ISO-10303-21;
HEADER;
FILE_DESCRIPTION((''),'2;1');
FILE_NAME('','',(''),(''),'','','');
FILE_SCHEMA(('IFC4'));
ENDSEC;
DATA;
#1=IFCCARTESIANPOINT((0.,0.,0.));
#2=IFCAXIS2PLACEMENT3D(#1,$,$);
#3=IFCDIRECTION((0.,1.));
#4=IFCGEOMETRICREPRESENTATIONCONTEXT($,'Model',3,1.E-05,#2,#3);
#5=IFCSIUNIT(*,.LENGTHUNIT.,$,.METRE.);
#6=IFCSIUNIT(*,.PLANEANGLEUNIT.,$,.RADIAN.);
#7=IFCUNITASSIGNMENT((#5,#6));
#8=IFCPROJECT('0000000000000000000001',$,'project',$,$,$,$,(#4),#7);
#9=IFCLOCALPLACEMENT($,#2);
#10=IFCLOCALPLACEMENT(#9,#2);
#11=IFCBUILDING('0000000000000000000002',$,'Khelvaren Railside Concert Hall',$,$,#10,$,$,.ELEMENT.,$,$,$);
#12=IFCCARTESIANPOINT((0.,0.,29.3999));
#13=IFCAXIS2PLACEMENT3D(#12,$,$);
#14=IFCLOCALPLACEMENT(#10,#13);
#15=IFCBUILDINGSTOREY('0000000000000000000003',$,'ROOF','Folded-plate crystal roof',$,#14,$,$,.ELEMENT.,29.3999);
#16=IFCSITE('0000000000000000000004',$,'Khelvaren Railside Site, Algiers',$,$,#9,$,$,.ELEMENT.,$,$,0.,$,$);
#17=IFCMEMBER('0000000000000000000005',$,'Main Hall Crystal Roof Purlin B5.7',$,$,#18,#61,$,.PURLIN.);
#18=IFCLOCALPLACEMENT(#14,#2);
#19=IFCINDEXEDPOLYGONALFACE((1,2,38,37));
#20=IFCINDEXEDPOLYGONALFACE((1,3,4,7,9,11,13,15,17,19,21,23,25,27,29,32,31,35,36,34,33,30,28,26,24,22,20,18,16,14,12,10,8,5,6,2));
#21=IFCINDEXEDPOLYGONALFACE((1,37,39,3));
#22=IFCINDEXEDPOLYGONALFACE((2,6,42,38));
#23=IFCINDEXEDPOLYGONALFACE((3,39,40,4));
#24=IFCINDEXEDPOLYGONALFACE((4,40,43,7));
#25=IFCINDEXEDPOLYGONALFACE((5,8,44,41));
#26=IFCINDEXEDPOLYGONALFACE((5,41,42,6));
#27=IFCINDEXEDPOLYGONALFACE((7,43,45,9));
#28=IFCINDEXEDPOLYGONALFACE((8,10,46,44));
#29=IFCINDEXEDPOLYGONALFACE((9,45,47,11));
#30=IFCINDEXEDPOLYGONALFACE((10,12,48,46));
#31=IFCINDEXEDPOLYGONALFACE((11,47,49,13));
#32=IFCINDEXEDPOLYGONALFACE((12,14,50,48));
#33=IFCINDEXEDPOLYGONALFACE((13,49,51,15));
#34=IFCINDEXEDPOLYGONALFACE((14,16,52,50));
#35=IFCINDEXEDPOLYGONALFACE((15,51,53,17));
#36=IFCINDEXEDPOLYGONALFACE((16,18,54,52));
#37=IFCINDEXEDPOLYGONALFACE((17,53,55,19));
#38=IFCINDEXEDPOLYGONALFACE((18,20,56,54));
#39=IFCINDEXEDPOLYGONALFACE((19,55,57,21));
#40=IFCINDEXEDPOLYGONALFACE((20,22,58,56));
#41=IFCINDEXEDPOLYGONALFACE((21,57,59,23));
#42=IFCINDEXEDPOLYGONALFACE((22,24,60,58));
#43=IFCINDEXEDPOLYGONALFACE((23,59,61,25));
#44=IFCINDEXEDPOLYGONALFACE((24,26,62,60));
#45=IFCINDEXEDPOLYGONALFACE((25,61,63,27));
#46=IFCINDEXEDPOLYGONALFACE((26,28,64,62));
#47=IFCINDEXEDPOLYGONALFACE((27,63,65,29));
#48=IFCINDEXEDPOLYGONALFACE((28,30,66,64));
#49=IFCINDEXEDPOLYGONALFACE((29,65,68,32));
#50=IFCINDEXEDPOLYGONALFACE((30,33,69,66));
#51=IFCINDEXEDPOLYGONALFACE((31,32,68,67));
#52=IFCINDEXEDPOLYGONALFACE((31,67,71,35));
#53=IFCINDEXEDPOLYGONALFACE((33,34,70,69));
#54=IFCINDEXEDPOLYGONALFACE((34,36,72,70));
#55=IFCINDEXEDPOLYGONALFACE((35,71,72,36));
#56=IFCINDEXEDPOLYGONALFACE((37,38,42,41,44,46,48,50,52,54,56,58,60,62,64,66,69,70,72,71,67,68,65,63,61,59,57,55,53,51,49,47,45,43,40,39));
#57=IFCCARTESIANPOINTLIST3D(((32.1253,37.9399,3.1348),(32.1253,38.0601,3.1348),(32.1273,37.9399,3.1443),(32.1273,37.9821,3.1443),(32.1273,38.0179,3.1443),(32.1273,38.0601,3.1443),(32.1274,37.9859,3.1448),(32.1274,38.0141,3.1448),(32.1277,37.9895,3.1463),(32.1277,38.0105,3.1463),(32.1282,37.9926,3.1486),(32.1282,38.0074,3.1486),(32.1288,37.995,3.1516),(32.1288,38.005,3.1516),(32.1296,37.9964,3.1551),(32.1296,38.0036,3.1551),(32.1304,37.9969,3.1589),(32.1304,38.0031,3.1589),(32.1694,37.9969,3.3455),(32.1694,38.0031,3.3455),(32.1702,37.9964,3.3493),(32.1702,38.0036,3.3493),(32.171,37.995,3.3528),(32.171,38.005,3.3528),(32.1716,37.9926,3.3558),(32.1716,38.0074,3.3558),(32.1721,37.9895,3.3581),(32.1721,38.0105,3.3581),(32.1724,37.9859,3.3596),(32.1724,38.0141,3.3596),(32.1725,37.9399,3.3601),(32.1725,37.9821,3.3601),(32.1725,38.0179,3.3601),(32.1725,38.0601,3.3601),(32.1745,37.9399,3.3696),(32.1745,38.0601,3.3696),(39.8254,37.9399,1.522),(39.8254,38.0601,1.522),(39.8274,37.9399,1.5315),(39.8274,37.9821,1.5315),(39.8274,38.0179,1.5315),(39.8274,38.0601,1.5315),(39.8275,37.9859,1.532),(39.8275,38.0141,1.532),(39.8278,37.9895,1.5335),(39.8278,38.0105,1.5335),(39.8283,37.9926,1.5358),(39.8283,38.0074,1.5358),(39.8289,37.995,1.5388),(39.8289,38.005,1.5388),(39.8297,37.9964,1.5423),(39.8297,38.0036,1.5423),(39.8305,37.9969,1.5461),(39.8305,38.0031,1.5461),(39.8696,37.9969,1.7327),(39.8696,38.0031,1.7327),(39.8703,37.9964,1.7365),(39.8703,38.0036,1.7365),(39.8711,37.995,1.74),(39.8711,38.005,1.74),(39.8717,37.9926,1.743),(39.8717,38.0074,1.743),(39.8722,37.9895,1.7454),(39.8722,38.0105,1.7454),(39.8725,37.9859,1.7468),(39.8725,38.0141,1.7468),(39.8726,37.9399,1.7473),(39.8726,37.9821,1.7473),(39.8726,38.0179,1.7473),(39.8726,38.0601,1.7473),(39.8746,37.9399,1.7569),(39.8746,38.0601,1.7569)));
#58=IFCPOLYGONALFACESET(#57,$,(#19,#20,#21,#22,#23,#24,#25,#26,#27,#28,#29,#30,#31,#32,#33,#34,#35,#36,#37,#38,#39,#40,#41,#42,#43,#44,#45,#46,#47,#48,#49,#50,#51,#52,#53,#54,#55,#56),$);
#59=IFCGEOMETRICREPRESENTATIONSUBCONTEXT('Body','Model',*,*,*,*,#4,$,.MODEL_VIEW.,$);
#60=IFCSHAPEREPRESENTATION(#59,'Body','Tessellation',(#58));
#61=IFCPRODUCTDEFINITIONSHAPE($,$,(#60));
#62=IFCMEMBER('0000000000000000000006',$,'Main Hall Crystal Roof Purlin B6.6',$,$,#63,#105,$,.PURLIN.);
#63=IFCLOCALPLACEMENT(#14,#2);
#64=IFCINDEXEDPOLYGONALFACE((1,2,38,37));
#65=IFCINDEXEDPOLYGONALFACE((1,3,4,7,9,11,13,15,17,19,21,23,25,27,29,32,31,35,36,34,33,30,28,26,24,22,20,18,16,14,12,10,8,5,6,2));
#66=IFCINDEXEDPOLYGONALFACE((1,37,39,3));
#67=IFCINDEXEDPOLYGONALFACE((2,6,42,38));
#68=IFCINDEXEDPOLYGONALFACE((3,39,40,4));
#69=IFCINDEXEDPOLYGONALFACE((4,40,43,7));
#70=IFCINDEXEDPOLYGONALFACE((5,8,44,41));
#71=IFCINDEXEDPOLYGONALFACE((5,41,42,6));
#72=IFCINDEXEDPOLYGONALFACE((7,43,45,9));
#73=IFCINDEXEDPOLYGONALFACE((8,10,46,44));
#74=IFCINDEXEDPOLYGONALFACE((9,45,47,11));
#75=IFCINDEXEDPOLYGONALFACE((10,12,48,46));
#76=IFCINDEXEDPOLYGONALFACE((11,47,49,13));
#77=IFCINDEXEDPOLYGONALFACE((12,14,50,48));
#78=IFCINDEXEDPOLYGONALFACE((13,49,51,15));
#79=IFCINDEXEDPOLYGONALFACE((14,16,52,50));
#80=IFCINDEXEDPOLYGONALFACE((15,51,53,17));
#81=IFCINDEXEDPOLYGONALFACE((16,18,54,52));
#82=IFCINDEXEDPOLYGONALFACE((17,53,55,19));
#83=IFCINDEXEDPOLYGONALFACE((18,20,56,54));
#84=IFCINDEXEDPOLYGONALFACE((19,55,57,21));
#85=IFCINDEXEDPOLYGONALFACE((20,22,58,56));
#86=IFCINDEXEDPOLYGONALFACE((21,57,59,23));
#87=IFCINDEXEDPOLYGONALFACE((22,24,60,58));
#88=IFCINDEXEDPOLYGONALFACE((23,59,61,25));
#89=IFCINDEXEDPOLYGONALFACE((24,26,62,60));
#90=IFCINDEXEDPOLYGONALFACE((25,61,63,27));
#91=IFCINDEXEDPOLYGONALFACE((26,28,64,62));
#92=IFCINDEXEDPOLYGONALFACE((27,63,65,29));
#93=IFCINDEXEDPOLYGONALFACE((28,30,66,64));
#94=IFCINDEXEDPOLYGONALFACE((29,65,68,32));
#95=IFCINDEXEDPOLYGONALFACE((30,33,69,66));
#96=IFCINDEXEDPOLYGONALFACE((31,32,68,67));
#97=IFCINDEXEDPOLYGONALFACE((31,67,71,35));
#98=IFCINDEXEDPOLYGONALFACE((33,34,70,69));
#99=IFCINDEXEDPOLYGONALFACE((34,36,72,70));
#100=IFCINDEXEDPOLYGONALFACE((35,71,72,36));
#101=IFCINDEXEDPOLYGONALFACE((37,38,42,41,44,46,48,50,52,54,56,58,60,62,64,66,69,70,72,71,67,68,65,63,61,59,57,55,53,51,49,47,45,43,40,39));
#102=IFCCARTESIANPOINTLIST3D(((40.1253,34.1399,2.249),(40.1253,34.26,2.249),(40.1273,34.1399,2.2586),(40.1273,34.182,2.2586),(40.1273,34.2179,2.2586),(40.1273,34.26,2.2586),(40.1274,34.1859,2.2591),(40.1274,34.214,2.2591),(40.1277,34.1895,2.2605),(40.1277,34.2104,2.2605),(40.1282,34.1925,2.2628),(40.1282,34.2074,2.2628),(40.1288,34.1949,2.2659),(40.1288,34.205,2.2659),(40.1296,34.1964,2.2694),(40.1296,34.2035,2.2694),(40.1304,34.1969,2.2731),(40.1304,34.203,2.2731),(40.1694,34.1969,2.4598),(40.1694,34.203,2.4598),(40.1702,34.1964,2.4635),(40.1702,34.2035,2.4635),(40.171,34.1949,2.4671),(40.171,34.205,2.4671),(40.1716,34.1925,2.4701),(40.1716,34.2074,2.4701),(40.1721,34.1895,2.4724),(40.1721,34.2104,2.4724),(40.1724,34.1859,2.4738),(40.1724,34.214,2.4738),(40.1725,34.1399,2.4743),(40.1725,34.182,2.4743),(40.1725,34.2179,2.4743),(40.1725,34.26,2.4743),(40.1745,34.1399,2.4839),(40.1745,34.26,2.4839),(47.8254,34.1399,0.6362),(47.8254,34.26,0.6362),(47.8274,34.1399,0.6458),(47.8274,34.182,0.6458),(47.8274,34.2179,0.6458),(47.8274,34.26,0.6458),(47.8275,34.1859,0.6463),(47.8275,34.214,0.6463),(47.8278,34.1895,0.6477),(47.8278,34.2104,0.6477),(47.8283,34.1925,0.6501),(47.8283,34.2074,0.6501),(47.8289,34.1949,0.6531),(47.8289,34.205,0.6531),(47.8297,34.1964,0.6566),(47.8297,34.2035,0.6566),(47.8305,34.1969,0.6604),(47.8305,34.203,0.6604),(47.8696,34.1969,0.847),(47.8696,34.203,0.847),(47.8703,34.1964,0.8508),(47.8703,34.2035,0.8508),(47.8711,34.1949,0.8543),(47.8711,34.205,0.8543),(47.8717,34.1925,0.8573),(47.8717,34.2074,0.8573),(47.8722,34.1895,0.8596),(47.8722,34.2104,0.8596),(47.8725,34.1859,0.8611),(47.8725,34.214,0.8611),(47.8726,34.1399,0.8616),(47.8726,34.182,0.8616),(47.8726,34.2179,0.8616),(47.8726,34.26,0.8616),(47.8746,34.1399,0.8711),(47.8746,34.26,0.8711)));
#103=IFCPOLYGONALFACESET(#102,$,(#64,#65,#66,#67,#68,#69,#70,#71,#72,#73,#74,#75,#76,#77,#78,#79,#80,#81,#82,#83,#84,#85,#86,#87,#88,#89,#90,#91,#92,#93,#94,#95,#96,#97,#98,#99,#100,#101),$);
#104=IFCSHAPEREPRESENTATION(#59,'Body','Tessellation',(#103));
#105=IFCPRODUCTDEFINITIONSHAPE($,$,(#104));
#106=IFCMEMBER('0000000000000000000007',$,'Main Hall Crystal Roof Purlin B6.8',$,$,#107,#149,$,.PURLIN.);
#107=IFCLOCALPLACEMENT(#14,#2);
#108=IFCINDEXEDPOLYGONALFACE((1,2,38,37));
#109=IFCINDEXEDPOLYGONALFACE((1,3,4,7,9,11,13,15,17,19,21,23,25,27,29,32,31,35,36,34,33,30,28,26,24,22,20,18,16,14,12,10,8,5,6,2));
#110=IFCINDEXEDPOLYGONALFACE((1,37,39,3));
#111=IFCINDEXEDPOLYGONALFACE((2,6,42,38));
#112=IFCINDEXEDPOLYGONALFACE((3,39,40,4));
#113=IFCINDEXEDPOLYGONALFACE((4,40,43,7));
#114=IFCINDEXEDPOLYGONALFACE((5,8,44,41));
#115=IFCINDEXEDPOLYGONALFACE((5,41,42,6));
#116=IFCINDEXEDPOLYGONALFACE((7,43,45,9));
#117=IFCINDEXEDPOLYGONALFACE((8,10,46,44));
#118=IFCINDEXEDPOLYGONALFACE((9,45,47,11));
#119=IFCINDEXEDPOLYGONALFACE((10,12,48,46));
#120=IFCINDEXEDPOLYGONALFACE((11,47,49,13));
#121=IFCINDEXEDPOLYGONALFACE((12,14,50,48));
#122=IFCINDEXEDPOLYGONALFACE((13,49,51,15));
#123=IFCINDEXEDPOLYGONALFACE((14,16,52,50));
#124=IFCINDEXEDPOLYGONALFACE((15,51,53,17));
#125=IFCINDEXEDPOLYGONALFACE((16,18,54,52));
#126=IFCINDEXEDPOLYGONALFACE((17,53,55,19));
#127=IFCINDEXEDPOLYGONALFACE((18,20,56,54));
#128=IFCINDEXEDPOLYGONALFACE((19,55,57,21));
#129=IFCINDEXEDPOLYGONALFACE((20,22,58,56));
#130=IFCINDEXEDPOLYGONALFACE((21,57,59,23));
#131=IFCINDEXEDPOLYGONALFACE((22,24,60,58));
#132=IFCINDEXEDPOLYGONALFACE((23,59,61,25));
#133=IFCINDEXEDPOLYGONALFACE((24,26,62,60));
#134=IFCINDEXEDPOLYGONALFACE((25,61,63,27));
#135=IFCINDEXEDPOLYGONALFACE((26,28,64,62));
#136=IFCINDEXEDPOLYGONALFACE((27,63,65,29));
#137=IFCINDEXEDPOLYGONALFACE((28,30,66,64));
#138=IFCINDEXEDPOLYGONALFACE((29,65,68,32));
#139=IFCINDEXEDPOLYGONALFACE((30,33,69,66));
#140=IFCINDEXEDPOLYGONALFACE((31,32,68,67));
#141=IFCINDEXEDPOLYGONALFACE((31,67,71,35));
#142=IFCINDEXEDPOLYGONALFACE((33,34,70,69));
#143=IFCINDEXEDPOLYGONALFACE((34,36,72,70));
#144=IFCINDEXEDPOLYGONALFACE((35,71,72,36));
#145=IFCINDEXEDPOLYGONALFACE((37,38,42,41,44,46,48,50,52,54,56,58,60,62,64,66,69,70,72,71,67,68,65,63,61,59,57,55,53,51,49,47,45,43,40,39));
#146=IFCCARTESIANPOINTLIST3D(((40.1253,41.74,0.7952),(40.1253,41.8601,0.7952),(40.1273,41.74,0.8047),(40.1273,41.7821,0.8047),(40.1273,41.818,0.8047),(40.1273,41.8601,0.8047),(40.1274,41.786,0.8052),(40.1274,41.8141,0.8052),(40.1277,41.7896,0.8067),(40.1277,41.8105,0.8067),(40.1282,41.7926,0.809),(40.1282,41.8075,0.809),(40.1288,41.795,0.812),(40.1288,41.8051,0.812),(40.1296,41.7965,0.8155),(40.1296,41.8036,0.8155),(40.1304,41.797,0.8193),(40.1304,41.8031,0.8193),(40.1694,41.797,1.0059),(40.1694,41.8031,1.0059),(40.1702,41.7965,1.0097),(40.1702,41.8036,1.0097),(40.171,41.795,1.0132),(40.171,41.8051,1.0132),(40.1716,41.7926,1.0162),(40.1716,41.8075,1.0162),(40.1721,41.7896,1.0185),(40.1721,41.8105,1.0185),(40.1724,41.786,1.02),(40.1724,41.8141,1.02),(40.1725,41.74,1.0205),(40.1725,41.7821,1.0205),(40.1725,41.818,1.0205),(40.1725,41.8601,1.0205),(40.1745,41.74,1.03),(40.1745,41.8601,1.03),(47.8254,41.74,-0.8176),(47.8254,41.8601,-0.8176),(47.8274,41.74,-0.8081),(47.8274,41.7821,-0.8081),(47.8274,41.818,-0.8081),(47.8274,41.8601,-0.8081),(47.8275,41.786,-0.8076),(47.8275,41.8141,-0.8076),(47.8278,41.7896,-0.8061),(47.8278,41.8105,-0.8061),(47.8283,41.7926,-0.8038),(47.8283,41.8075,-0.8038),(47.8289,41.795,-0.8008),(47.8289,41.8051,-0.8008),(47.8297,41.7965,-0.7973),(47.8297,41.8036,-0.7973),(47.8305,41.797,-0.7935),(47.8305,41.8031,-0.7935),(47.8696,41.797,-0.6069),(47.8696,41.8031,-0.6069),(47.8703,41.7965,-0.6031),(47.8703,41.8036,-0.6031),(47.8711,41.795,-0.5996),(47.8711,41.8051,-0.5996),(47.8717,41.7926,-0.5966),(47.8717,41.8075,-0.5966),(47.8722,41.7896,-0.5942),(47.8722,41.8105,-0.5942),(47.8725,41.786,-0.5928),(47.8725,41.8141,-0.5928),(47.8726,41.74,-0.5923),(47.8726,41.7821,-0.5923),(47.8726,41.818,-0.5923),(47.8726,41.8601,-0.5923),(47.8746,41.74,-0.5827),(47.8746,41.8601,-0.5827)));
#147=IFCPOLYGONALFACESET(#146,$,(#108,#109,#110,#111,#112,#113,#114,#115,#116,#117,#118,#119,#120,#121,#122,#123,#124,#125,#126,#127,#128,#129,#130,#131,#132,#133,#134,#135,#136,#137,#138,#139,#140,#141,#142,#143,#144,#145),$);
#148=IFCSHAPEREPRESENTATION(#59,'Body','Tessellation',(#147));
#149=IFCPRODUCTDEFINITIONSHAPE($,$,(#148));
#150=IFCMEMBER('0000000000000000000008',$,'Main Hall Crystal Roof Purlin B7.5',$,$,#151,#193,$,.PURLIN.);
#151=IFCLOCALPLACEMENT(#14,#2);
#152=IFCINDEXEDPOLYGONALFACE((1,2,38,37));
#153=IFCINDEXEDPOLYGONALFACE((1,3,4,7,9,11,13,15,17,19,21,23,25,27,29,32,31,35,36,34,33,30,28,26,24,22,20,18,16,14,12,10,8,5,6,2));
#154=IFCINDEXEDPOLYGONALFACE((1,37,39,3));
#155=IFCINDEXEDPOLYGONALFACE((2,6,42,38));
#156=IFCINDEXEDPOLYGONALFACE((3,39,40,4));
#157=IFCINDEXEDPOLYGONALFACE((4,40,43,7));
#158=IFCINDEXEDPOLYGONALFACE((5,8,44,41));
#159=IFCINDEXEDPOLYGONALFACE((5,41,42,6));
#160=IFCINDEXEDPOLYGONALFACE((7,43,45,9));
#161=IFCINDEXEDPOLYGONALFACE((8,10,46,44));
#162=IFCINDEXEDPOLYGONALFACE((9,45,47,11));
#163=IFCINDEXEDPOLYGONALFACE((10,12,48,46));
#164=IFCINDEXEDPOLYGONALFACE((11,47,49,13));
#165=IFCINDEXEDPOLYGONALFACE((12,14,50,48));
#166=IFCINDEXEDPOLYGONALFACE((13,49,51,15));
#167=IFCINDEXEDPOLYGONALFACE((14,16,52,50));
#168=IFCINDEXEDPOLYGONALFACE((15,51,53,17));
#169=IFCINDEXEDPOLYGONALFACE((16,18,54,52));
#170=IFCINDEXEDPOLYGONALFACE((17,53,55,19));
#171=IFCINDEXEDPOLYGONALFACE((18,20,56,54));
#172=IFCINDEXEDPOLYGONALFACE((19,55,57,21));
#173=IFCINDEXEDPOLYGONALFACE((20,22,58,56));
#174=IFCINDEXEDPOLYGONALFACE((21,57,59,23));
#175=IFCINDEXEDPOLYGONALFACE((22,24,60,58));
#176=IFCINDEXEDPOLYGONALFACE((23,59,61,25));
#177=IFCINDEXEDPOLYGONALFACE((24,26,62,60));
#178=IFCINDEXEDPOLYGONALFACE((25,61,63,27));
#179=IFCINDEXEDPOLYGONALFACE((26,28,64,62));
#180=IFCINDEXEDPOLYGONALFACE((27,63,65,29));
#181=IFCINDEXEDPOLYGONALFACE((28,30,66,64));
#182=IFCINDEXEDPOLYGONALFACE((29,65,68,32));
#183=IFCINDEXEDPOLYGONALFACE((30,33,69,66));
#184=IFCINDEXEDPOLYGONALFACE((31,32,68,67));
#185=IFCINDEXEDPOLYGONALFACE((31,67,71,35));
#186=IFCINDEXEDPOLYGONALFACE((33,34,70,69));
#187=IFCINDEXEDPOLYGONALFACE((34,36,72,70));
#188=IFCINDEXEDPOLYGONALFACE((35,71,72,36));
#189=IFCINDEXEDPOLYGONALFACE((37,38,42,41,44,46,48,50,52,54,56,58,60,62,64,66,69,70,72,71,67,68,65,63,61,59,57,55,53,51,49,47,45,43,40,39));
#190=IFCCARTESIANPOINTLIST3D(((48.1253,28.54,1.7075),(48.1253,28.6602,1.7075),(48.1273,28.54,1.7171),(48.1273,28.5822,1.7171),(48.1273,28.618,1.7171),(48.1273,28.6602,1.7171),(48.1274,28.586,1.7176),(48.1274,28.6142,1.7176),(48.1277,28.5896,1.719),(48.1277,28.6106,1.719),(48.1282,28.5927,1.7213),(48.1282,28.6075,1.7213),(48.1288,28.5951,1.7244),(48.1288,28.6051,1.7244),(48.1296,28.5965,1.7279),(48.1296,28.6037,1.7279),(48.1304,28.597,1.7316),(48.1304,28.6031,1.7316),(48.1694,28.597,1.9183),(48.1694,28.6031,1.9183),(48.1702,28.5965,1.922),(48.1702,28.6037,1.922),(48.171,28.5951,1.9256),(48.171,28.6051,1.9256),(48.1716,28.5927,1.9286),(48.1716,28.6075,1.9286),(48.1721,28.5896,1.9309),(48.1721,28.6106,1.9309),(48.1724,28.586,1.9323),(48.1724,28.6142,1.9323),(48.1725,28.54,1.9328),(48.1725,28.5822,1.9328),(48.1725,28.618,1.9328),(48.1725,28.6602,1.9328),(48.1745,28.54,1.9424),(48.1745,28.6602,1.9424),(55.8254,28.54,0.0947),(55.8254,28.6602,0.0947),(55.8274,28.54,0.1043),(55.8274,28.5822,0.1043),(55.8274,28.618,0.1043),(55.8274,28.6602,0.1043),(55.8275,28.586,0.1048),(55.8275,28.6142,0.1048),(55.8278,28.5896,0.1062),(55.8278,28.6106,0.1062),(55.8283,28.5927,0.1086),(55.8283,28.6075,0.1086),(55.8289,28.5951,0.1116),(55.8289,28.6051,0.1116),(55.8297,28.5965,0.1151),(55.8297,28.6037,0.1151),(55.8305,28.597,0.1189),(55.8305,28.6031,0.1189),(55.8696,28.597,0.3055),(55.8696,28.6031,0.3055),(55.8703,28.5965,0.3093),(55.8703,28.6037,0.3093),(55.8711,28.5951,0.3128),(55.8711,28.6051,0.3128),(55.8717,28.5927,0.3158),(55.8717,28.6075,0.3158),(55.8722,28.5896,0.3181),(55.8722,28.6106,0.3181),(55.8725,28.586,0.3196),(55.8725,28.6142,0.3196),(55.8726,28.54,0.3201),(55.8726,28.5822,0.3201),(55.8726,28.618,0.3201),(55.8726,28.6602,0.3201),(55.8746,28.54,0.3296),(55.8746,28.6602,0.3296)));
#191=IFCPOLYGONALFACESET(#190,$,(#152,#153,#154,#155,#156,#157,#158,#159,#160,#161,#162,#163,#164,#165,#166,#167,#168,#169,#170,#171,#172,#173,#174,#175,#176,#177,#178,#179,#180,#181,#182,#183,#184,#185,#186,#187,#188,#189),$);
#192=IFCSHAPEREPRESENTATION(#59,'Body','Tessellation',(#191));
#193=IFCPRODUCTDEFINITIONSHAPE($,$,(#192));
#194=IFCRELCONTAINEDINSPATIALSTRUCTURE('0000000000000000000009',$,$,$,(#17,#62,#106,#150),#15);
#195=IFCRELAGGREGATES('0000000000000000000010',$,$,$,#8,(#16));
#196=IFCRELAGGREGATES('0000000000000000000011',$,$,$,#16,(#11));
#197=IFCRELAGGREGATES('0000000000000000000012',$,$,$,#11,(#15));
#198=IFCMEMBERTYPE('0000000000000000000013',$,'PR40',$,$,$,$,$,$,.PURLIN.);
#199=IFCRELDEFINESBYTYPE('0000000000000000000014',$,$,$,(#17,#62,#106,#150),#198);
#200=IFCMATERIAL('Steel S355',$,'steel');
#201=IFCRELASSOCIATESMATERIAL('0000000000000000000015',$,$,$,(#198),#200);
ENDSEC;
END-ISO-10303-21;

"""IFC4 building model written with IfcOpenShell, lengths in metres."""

from ifc_helpers import new_model, si_unit, direction, frame, origin, origin_2d, place, context, subcontext, project, spatial, i_section, extrude, material, material_profile, profile_set, type_object, element, save


model = new_model("IFC4")

# Units and contexts
model_context = context("Model", 3, precision=1e-05, world=origin(), true_north=direction((0.0, 1.0)))
body_context = subcontext(model_context, "Body", "Model", "MODEL_VIEW")
ifc_project = project(units=[si_unit("LENGTHUNIT", "METRE"), si_unit("PLANEANGLEUNIT", "RADIAN")], contexts=[model_context])

# Site, building, storey
site_placement = place(None, origin())
site = spatial("IfcSite", under=ifc_project, at=site_placement, Name="Khelvaren Railside Site, Algiers", CompositionType="ELEMENT", RefElevation=0.0)
building_placement = place(site_placement, origin())
building = spatial("IfcBuilding", under=site, at=building_placement, Name="Khelvaren Railside Concert Hall", CompositionType="ELEMENT")
storey_placement = place(building_placement, frame((0.0, 0.0, 29.3999)))
storey = spatial("IfcBuildingStorey", under=building, at=storey_placement, Name="ROOF", Description="Folded-plate crystal roof", CompositionType="ELEMENT", Elevation=29.3999)

# Shared definitions
ifc_material_1 = material(Name="Steel S355", Category="steel")

# Members
ifc_material_profile_1 = material_profile(ifc_material_1, i_section(OverallWidth=0.1201, OverallDepth=0.24, WebThickness=0.0061, FlangeThickness=0.0098, FilletRadius=0.0149, at=origin_2d()), Name="IPE 240")
ifc_profile_set_1 = profile_set([ifc_material_profile_1], Name="Steel S355")
member_type_1 = type_object("IfcMemberType", Name="PR40", PredefinedType="PURLIN", material=ifc_profile_set_1)
for number, where, z_axis, x_axis, name in (
    (1, (32.1499, 38.0, 3.2522), (0.978762, 0.0, -0.205), (0.0, 1.0, 0.0), "Main Hall Crystal Roof Purlin B5.7"),
    (2, (40.1499, 34.2, 2.3665), (0.978762, 0.0, -0.205), (0.0, 1.0, 0.0), "Main Hall Crystal Roof Purlin B6.6"),
    (3, (40.1499, 41.8, 0.9126), (0.978762, 0.0, -0.205), (0.0, 1.0, 0.0), "Main Hall Crystal Roof Purlin B6.8"),
    (4, (48.1499, 28.6001, 1.825), (0.978762, 0.0, -0.205), (0.0, 1.0, 0.0), "Main Hall Crystal Roof Purlin B7.5"),
):
    element("IfcMember", number, at=place(storey_placement, frame(where, z_axis=z_axis, x_axis=x_axis)), inside=storey, type_object=member_type_1, Name=name, PredefinedType="PURLIN", context=body_context, shape_type="SweptSolid", body=[
        extrude(i_section(OverallWidth=0.1201, OverallDepth=0.24, WebThickness=0.0061, FlangeThickness=0.0098, FilletRadius=0.0149, at=origin_2d()), origin(), (0.0, 0.0, 1.0), 7.8672),
    ])

save(model, "model.ifc")
